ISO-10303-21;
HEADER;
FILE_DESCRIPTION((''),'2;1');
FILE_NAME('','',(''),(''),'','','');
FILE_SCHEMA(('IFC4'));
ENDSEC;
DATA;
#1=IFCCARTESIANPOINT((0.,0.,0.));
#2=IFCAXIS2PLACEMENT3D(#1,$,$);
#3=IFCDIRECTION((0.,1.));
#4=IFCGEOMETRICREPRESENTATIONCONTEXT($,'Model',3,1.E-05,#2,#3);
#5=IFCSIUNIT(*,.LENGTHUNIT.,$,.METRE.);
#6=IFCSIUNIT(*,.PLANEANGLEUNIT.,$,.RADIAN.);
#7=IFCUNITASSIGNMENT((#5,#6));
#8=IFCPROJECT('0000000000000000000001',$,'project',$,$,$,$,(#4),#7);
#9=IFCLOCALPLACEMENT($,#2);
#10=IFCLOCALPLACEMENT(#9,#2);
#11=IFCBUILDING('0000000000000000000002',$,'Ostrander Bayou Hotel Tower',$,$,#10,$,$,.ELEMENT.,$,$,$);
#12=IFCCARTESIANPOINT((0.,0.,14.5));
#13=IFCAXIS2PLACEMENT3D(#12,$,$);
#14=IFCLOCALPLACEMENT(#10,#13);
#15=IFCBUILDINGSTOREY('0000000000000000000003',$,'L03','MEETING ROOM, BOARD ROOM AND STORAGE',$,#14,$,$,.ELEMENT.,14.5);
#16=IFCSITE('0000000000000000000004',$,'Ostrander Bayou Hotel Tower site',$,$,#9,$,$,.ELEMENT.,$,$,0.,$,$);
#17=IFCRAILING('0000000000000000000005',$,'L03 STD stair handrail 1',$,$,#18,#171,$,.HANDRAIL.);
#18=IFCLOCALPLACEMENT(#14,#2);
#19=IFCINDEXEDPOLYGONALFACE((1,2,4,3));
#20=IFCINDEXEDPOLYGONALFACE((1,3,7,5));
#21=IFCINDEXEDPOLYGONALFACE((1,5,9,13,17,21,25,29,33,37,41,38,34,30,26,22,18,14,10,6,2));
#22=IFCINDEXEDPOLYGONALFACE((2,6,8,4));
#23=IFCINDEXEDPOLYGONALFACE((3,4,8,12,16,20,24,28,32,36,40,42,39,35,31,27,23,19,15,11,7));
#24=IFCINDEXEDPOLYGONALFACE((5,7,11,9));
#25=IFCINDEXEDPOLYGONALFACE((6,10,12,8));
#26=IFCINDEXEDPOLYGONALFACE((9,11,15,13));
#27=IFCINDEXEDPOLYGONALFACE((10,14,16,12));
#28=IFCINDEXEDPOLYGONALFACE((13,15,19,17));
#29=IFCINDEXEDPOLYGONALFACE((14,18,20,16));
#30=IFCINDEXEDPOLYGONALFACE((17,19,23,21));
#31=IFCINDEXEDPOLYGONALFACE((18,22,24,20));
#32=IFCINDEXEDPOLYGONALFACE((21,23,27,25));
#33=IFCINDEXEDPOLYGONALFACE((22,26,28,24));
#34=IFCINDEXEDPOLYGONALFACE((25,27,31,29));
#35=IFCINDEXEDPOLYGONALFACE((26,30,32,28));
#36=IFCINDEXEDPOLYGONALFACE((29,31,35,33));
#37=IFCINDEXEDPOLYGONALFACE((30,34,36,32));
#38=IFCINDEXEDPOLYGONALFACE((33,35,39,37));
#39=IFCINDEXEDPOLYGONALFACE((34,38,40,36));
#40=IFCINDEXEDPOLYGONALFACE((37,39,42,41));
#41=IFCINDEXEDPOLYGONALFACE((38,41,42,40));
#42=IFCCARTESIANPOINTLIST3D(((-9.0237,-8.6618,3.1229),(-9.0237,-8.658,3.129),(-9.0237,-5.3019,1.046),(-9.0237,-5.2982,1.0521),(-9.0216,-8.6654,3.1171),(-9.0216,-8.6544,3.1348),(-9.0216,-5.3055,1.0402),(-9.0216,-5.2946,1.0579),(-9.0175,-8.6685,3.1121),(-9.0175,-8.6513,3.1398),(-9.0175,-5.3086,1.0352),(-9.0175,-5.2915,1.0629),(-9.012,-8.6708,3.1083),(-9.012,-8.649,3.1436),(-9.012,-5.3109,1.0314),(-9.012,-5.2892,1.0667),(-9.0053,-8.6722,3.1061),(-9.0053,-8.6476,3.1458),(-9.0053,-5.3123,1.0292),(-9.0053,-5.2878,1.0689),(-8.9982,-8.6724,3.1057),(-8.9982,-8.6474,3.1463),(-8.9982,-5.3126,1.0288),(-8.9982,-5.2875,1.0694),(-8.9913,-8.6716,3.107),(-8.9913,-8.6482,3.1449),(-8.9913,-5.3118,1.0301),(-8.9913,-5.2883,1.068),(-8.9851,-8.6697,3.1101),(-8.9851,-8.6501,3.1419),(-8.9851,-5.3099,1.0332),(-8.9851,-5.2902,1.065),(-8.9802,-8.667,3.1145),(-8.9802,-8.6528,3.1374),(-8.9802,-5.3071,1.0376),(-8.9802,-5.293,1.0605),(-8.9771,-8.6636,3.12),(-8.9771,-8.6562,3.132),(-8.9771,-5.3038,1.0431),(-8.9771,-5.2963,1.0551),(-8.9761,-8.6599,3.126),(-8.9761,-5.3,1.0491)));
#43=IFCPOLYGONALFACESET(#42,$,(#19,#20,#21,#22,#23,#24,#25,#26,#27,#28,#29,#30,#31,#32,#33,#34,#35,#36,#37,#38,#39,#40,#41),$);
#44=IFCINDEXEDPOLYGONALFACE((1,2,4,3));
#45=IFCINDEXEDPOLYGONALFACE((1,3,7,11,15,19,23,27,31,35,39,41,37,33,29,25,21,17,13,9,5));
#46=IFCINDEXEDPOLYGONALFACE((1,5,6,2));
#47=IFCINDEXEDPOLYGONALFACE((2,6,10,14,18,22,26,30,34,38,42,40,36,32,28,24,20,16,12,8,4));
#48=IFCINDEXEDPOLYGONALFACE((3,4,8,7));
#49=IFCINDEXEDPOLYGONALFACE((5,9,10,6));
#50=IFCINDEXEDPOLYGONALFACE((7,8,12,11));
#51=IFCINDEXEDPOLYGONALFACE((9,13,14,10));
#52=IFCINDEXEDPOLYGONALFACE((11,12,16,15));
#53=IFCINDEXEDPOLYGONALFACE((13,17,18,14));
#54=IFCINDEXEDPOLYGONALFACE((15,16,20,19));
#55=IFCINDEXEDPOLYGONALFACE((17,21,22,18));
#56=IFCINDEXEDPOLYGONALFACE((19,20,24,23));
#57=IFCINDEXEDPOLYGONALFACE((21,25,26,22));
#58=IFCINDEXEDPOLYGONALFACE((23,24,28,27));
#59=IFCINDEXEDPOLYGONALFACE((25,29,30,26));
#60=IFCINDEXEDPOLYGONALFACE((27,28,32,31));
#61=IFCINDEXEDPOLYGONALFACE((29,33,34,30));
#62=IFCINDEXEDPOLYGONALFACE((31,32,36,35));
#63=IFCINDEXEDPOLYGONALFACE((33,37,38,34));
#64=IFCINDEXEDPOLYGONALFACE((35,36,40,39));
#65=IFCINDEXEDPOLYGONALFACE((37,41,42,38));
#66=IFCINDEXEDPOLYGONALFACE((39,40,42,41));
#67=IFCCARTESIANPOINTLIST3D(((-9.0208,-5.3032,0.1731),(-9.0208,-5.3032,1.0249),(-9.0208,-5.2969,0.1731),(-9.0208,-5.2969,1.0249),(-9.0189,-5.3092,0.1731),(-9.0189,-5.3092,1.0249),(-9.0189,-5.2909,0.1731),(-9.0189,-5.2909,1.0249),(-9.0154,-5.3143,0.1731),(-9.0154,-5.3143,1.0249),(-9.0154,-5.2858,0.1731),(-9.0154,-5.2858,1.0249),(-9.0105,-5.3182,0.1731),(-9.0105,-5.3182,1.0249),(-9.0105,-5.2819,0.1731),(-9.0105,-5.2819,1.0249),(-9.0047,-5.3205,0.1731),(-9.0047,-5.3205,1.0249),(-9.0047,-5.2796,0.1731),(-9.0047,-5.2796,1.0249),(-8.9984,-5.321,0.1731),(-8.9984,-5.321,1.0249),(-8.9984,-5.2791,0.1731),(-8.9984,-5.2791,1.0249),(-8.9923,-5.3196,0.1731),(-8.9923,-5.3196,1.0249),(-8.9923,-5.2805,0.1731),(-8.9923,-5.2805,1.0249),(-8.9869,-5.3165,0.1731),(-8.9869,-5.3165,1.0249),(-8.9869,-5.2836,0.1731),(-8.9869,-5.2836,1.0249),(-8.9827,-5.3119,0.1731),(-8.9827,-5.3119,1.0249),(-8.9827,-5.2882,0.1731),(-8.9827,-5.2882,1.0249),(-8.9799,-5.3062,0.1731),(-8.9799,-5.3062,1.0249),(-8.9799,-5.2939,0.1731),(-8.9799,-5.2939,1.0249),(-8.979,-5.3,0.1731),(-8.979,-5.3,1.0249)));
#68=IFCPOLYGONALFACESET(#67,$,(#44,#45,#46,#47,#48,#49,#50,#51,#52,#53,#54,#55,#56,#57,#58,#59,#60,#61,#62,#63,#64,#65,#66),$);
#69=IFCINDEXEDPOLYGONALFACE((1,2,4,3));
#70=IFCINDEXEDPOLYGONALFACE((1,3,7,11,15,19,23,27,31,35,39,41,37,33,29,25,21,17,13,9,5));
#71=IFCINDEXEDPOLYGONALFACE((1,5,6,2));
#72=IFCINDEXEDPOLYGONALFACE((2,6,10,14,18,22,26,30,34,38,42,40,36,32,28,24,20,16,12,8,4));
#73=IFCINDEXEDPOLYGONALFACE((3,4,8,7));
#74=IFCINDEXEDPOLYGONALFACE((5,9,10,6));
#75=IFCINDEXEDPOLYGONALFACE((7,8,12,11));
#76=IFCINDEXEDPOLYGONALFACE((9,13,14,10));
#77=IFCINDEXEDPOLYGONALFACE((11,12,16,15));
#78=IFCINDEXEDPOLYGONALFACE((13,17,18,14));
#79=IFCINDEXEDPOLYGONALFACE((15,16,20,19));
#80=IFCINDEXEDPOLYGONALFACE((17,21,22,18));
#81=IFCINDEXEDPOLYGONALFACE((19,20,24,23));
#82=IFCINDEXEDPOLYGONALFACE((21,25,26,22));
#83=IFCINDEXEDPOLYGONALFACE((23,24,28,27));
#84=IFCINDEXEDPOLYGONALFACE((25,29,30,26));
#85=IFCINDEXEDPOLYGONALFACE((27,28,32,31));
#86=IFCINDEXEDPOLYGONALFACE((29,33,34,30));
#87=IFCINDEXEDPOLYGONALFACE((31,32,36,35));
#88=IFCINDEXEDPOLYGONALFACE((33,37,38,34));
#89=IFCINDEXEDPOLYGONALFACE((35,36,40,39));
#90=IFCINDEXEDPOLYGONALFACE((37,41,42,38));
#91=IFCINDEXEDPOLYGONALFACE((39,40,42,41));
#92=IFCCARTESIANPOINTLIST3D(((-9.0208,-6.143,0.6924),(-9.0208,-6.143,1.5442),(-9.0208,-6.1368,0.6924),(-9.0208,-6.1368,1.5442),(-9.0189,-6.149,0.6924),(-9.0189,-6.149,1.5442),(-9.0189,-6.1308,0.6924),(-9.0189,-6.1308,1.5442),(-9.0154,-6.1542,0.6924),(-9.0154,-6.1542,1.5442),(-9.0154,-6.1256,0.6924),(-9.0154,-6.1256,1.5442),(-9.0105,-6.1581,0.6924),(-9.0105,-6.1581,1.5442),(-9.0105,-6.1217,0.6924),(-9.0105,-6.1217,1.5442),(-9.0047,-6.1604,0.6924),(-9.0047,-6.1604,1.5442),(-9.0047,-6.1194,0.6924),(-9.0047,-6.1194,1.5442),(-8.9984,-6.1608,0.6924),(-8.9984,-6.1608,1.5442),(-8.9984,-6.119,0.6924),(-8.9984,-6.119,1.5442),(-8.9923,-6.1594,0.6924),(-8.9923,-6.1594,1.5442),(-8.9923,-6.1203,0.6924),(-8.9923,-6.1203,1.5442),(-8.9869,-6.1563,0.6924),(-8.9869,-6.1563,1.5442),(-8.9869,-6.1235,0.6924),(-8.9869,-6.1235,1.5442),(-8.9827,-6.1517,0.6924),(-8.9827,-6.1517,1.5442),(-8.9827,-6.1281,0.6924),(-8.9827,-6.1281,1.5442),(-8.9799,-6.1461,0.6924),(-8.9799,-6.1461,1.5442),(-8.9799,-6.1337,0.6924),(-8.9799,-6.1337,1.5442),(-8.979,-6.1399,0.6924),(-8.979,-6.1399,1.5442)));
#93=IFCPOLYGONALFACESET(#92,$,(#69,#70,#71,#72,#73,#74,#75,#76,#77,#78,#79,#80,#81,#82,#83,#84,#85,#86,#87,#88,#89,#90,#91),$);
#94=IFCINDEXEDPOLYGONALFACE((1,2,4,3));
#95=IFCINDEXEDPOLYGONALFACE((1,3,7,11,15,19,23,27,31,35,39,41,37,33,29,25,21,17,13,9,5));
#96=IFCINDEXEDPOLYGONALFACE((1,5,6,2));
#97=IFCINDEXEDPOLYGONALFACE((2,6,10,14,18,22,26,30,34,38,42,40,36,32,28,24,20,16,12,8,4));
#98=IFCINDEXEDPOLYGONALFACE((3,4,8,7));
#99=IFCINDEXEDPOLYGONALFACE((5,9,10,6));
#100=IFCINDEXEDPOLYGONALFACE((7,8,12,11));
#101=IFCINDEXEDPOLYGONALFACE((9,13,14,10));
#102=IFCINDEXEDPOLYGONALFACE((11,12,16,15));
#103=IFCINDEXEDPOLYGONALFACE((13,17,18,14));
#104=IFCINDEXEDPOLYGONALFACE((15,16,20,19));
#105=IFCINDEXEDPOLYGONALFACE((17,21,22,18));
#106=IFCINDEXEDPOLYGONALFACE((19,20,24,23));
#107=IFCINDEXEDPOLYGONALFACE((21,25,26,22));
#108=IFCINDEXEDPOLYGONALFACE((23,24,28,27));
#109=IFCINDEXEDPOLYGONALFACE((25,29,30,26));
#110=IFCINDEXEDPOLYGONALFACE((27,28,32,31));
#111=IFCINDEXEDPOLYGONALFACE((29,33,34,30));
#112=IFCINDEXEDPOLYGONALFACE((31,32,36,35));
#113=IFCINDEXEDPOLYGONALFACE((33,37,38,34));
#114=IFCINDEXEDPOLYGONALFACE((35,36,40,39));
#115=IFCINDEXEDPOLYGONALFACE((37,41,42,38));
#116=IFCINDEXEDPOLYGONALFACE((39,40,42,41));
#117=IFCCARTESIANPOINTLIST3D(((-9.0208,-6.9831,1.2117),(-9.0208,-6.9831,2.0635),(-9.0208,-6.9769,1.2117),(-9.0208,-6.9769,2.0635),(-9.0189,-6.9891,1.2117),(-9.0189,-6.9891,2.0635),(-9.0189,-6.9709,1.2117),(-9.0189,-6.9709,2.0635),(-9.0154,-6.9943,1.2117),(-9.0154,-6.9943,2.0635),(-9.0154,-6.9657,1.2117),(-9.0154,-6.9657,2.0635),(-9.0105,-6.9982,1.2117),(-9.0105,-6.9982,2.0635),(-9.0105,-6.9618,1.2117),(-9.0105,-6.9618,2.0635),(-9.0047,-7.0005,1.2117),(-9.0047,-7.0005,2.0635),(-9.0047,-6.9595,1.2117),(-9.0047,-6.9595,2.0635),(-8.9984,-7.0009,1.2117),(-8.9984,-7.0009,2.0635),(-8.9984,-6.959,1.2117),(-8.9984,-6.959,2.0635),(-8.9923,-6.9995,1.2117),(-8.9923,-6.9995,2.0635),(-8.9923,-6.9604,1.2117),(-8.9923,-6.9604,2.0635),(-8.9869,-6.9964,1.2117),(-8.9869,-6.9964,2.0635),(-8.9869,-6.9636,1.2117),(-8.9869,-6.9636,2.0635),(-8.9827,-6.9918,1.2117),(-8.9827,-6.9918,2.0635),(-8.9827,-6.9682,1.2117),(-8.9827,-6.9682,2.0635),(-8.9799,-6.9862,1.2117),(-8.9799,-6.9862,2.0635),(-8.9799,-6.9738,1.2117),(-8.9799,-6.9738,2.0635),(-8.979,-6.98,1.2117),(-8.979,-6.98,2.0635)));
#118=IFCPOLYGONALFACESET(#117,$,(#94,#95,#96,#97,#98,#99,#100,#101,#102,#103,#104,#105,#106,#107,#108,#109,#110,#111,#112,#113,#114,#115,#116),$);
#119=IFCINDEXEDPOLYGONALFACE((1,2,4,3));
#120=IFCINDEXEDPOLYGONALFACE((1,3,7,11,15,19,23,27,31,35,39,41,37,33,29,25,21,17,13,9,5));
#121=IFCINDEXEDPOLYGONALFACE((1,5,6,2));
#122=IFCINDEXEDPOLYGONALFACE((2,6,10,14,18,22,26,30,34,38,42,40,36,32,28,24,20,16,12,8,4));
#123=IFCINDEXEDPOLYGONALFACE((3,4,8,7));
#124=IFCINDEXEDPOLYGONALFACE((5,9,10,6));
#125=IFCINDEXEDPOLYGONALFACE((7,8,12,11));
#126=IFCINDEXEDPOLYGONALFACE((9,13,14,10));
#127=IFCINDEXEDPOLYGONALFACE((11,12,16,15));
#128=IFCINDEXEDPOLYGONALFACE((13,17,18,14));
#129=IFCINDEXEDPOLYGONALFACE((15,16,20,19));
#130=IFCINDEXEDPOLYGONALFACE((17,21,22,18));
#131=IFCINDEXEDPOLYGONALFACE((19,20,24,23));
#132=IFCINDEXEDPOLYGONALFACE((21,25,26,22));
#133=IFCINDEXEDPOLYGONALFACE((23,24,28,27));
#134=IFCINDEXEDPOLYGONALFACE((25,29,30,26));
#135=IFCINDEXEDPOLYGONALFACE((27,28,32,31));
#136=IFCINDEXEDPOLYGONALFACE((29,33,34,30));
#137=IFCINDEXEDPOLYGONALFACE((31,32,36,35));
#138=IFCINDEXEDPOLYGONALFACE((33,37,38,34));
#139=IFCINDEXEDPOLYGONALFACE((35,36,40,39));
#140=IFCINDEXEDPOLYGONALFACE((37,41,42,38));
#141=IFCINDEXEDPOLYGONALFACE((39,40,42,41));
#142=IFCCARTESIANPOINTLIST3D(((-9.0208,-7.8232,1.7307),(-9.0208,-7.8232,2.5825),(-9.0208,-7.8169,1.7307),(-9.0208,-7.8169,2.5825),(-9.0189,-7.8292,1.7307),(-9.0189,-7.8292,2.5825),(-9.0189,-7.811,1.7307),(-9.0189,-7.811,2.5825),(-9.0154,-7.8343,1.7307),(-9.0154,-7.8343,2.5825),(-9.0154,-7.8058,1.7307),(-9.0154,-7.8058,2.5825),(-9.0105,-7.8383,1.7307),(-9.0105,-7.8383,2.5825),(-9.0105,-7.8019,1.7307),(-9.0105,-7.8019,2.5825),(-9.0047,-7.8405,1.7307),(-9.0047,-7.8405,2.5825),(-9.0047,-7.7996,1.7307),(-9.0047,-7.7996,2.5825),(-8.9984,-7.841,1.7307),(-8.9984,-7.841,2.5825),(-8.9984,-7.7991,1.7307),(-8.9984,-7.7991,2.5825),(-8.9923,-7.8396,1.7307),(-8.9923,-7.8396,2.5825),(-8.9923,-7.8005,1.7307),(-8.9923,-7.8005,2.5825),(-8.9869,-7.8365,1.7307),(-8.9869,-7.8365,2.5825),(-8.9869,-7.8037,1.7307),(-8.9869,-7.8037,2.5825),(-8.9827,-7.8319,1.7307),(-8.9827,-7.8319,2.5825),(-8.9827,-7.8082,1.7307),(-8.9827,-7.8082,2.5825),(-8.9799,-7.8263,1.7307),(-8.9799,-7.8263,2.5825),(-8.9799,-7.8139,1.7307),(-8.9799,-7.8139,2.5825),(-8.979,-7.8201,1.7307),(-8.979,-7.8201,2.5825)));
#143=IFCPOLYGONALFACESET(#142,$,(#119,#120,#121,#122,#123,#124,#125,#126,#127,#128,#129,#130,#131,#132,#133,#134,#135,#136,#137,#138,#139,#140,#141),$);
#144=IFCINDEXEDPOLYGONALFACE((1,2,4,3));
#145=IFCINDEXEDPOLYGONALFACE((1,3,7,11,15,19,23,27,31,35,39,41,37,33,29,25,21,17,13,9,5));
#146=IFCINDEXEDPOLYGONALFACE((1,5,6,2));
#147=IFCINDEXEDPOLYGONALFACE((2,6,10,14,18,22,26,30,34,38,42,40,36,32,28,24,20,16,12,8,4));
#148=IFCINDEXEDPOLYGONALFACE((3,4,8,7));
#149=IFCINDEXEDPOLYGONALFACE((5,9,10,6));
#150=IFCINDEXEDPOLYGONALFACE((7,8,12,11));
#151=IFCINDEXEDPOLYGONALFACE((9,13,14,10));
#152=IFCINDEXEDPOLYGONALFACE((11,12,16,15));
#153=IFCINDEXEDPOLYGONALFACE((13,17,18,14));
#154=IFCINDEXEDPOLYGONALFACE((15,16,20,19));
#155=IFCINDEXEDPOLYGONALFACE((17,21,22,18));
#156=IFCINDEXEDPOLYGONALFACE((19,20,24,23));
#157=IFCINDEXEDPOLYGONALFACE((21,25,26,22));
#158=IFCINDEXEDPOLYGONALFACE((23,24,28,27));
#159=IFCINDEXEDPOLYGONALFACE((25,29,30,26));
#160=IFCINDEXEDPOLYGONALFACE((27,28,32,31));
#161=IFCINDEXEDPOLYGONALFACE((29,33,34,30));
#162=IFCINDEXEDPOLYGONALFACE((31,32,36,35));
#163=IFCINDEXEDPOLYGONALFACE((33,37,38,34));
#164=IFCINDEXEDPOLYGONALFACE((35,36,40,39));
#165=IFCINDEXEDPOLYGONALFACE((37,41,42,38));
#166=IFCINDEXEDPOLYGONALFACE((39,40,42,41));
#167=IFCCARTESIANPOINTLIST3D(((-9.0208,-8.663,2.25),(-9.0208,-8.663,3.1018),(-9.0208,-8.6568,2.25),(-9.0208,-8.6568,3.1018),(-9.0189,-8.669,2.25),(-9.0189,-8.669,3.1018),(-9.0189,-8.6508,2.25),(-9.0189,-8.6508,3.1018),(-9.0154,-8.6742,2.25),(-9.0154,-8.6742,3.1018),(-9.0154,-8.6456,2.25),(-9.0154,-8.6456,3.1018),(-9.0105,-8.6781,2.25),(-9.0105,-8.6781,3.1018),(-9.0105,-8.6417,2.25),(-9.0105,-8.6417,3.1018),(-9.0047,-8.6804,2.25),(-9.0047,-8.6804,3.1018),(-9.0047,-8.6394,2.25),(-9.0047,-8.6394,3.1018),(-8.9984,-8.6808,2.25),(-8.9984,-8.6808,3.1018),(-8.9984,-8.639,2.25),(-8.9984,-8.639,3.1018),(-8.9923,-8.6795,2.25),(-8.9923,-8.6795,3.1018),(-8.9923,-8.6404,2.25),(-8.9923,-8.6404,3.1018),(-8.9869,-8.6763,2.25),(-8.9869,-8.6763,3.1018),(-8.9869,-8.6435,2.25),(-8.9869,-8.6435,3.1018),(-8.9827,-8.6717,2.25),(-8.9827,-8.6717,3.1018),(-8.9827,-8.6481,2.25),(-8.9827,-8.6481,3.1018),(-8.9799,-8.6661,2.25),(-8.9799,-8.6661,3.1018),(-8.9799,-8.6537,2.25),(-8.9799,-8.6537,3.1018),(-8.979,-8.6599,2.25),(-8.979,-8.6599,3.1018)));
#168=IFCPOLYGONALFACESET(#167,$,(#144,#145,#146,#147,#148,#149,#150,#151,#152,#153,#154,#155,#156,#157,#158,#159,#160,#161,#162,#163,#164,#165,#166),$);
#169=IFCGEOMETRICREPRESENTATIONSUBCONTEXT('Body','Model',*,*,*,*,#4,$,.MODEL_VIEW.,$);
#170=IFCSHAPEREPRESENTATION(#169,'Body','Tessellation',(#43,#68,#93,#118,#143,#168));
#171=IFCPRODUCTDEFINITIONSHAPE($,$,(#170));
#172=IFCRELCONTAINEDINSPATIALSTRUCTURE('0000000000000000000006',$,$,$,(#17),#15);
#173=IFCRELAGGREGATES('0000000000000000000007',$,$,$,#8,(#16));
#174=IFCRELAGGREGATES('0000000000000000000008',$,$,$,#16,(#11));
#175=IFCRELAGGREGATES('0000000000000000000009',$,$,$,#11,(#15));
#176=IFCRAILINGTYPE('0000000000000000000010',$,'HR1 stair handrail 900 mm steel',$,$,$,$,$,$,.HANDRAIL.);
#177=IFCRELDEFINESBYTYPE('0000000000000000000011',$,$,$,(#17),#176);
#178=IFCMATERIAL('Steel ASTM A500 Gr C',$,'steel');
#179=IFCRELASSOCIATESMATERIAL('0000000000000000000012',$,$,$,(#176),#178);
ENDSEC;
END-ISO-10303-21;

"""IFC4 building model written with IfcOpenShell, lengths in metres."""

from ifc_helpers import new_model, si_unit, direction, frame, origin, origin_2d, place, context, subcontext, project, spatial, circle, extrude, material, type_object, element, save


model = new_model("IFC4")

# Units and contexts
model_context = context("Model", 3, precision=1e-05, world=origin(), true_north=direction((0.0, 1.0)))
body_context = subcontext(model_context, "Body", "Model", "MODEL_VIEW")
ifc_project = project(units=[si_unit("LENGTHUNIT", "METRE"), si_unit("PLANEANGLEUNIT", "RADIAN")], contexts=[model_context])

# Site, building, storey
site_placement = place(None, origin())
site = spatial("IfcSite", under=ifc_project, at=site_placement, Name="Ostrander Bayou Hotel Tower site", CompositionType="ELEMENT", RefElevation=0.0)
building_placement = place(site_placement, origin())
building = spatial("IfcBuilding", under=site, at=building_placement, Name="Ostrander Bayou Hotel Tower", CompositionType="ELEMENT")
storey_placement = place(building_placement, frame((0.0, 0.0, 14.5)))
storey = spatial("IfcBuildingStorey", under=building, at=storey_placement, Name="L03", Description="MEETING ROOM, BOARD ROOM AND STORAGE", CompositionType="ELEMENT", Elevation=14.5)

# Railing
ifc_material_1 = material(Name="Steel ASTM A500 Gr C", Category="steel")
railing_type_1 = type_object("IfcRailingType", Name="HR1 stair handrail 900 mm steel", PredefinedType="HANDRAIL", material=ifc_material_1)
railing_1_placement = place(storey_placement, frame((-9.0, -5.3, 0.1731)))
element("IfcRailing", 1, at=railing_1_placement, inside=storey, type_object=railing_type_1, Name="L03 STD stair handrail 1", PredefinedType="HANDRAIL", context=body_context, shape_type="SweptSolid", body=[
    extrude(circle(Radius=0.0239, at=origin_2d()), frame((0.0, 0.0, 0.876), z_axis=(0.0, -0.850606, 0.525803), x_axis=(1.0, 0.0, 0.0)), (0.0, 0.0, 1.0), 3.95),
    extrude(circle(Radius=0.021, at=origin_2d()), origin(), (0.0, 0.0, 1.0), 0.8518),
    extrude(circle(Radius=0.021, at=origin_2d()), frame((0.0, -0.8398, 0.5193)), (0.0, 0.0, 1.0), 0.8518),
    extrude(circle(Radius=0.021, at=origin_2d()), frame((0.0, -1.6799, 1.0386)), (0.0, 0.0, 1.0), 0.8518),
    extrude(circle(Radius=0.021, at=origin_2d()), frame((0.0, -2.52, 1.5576)), (0.0, 0.0, 1.0), 0.8518),
    extrude(circle(Radius=0.021, at=origin_2d()), frame((0.0, -3.3599, 2.0769)), (0.0, 0.0, 1.0), 0.8518),
])

save(model, "model.ifc")
